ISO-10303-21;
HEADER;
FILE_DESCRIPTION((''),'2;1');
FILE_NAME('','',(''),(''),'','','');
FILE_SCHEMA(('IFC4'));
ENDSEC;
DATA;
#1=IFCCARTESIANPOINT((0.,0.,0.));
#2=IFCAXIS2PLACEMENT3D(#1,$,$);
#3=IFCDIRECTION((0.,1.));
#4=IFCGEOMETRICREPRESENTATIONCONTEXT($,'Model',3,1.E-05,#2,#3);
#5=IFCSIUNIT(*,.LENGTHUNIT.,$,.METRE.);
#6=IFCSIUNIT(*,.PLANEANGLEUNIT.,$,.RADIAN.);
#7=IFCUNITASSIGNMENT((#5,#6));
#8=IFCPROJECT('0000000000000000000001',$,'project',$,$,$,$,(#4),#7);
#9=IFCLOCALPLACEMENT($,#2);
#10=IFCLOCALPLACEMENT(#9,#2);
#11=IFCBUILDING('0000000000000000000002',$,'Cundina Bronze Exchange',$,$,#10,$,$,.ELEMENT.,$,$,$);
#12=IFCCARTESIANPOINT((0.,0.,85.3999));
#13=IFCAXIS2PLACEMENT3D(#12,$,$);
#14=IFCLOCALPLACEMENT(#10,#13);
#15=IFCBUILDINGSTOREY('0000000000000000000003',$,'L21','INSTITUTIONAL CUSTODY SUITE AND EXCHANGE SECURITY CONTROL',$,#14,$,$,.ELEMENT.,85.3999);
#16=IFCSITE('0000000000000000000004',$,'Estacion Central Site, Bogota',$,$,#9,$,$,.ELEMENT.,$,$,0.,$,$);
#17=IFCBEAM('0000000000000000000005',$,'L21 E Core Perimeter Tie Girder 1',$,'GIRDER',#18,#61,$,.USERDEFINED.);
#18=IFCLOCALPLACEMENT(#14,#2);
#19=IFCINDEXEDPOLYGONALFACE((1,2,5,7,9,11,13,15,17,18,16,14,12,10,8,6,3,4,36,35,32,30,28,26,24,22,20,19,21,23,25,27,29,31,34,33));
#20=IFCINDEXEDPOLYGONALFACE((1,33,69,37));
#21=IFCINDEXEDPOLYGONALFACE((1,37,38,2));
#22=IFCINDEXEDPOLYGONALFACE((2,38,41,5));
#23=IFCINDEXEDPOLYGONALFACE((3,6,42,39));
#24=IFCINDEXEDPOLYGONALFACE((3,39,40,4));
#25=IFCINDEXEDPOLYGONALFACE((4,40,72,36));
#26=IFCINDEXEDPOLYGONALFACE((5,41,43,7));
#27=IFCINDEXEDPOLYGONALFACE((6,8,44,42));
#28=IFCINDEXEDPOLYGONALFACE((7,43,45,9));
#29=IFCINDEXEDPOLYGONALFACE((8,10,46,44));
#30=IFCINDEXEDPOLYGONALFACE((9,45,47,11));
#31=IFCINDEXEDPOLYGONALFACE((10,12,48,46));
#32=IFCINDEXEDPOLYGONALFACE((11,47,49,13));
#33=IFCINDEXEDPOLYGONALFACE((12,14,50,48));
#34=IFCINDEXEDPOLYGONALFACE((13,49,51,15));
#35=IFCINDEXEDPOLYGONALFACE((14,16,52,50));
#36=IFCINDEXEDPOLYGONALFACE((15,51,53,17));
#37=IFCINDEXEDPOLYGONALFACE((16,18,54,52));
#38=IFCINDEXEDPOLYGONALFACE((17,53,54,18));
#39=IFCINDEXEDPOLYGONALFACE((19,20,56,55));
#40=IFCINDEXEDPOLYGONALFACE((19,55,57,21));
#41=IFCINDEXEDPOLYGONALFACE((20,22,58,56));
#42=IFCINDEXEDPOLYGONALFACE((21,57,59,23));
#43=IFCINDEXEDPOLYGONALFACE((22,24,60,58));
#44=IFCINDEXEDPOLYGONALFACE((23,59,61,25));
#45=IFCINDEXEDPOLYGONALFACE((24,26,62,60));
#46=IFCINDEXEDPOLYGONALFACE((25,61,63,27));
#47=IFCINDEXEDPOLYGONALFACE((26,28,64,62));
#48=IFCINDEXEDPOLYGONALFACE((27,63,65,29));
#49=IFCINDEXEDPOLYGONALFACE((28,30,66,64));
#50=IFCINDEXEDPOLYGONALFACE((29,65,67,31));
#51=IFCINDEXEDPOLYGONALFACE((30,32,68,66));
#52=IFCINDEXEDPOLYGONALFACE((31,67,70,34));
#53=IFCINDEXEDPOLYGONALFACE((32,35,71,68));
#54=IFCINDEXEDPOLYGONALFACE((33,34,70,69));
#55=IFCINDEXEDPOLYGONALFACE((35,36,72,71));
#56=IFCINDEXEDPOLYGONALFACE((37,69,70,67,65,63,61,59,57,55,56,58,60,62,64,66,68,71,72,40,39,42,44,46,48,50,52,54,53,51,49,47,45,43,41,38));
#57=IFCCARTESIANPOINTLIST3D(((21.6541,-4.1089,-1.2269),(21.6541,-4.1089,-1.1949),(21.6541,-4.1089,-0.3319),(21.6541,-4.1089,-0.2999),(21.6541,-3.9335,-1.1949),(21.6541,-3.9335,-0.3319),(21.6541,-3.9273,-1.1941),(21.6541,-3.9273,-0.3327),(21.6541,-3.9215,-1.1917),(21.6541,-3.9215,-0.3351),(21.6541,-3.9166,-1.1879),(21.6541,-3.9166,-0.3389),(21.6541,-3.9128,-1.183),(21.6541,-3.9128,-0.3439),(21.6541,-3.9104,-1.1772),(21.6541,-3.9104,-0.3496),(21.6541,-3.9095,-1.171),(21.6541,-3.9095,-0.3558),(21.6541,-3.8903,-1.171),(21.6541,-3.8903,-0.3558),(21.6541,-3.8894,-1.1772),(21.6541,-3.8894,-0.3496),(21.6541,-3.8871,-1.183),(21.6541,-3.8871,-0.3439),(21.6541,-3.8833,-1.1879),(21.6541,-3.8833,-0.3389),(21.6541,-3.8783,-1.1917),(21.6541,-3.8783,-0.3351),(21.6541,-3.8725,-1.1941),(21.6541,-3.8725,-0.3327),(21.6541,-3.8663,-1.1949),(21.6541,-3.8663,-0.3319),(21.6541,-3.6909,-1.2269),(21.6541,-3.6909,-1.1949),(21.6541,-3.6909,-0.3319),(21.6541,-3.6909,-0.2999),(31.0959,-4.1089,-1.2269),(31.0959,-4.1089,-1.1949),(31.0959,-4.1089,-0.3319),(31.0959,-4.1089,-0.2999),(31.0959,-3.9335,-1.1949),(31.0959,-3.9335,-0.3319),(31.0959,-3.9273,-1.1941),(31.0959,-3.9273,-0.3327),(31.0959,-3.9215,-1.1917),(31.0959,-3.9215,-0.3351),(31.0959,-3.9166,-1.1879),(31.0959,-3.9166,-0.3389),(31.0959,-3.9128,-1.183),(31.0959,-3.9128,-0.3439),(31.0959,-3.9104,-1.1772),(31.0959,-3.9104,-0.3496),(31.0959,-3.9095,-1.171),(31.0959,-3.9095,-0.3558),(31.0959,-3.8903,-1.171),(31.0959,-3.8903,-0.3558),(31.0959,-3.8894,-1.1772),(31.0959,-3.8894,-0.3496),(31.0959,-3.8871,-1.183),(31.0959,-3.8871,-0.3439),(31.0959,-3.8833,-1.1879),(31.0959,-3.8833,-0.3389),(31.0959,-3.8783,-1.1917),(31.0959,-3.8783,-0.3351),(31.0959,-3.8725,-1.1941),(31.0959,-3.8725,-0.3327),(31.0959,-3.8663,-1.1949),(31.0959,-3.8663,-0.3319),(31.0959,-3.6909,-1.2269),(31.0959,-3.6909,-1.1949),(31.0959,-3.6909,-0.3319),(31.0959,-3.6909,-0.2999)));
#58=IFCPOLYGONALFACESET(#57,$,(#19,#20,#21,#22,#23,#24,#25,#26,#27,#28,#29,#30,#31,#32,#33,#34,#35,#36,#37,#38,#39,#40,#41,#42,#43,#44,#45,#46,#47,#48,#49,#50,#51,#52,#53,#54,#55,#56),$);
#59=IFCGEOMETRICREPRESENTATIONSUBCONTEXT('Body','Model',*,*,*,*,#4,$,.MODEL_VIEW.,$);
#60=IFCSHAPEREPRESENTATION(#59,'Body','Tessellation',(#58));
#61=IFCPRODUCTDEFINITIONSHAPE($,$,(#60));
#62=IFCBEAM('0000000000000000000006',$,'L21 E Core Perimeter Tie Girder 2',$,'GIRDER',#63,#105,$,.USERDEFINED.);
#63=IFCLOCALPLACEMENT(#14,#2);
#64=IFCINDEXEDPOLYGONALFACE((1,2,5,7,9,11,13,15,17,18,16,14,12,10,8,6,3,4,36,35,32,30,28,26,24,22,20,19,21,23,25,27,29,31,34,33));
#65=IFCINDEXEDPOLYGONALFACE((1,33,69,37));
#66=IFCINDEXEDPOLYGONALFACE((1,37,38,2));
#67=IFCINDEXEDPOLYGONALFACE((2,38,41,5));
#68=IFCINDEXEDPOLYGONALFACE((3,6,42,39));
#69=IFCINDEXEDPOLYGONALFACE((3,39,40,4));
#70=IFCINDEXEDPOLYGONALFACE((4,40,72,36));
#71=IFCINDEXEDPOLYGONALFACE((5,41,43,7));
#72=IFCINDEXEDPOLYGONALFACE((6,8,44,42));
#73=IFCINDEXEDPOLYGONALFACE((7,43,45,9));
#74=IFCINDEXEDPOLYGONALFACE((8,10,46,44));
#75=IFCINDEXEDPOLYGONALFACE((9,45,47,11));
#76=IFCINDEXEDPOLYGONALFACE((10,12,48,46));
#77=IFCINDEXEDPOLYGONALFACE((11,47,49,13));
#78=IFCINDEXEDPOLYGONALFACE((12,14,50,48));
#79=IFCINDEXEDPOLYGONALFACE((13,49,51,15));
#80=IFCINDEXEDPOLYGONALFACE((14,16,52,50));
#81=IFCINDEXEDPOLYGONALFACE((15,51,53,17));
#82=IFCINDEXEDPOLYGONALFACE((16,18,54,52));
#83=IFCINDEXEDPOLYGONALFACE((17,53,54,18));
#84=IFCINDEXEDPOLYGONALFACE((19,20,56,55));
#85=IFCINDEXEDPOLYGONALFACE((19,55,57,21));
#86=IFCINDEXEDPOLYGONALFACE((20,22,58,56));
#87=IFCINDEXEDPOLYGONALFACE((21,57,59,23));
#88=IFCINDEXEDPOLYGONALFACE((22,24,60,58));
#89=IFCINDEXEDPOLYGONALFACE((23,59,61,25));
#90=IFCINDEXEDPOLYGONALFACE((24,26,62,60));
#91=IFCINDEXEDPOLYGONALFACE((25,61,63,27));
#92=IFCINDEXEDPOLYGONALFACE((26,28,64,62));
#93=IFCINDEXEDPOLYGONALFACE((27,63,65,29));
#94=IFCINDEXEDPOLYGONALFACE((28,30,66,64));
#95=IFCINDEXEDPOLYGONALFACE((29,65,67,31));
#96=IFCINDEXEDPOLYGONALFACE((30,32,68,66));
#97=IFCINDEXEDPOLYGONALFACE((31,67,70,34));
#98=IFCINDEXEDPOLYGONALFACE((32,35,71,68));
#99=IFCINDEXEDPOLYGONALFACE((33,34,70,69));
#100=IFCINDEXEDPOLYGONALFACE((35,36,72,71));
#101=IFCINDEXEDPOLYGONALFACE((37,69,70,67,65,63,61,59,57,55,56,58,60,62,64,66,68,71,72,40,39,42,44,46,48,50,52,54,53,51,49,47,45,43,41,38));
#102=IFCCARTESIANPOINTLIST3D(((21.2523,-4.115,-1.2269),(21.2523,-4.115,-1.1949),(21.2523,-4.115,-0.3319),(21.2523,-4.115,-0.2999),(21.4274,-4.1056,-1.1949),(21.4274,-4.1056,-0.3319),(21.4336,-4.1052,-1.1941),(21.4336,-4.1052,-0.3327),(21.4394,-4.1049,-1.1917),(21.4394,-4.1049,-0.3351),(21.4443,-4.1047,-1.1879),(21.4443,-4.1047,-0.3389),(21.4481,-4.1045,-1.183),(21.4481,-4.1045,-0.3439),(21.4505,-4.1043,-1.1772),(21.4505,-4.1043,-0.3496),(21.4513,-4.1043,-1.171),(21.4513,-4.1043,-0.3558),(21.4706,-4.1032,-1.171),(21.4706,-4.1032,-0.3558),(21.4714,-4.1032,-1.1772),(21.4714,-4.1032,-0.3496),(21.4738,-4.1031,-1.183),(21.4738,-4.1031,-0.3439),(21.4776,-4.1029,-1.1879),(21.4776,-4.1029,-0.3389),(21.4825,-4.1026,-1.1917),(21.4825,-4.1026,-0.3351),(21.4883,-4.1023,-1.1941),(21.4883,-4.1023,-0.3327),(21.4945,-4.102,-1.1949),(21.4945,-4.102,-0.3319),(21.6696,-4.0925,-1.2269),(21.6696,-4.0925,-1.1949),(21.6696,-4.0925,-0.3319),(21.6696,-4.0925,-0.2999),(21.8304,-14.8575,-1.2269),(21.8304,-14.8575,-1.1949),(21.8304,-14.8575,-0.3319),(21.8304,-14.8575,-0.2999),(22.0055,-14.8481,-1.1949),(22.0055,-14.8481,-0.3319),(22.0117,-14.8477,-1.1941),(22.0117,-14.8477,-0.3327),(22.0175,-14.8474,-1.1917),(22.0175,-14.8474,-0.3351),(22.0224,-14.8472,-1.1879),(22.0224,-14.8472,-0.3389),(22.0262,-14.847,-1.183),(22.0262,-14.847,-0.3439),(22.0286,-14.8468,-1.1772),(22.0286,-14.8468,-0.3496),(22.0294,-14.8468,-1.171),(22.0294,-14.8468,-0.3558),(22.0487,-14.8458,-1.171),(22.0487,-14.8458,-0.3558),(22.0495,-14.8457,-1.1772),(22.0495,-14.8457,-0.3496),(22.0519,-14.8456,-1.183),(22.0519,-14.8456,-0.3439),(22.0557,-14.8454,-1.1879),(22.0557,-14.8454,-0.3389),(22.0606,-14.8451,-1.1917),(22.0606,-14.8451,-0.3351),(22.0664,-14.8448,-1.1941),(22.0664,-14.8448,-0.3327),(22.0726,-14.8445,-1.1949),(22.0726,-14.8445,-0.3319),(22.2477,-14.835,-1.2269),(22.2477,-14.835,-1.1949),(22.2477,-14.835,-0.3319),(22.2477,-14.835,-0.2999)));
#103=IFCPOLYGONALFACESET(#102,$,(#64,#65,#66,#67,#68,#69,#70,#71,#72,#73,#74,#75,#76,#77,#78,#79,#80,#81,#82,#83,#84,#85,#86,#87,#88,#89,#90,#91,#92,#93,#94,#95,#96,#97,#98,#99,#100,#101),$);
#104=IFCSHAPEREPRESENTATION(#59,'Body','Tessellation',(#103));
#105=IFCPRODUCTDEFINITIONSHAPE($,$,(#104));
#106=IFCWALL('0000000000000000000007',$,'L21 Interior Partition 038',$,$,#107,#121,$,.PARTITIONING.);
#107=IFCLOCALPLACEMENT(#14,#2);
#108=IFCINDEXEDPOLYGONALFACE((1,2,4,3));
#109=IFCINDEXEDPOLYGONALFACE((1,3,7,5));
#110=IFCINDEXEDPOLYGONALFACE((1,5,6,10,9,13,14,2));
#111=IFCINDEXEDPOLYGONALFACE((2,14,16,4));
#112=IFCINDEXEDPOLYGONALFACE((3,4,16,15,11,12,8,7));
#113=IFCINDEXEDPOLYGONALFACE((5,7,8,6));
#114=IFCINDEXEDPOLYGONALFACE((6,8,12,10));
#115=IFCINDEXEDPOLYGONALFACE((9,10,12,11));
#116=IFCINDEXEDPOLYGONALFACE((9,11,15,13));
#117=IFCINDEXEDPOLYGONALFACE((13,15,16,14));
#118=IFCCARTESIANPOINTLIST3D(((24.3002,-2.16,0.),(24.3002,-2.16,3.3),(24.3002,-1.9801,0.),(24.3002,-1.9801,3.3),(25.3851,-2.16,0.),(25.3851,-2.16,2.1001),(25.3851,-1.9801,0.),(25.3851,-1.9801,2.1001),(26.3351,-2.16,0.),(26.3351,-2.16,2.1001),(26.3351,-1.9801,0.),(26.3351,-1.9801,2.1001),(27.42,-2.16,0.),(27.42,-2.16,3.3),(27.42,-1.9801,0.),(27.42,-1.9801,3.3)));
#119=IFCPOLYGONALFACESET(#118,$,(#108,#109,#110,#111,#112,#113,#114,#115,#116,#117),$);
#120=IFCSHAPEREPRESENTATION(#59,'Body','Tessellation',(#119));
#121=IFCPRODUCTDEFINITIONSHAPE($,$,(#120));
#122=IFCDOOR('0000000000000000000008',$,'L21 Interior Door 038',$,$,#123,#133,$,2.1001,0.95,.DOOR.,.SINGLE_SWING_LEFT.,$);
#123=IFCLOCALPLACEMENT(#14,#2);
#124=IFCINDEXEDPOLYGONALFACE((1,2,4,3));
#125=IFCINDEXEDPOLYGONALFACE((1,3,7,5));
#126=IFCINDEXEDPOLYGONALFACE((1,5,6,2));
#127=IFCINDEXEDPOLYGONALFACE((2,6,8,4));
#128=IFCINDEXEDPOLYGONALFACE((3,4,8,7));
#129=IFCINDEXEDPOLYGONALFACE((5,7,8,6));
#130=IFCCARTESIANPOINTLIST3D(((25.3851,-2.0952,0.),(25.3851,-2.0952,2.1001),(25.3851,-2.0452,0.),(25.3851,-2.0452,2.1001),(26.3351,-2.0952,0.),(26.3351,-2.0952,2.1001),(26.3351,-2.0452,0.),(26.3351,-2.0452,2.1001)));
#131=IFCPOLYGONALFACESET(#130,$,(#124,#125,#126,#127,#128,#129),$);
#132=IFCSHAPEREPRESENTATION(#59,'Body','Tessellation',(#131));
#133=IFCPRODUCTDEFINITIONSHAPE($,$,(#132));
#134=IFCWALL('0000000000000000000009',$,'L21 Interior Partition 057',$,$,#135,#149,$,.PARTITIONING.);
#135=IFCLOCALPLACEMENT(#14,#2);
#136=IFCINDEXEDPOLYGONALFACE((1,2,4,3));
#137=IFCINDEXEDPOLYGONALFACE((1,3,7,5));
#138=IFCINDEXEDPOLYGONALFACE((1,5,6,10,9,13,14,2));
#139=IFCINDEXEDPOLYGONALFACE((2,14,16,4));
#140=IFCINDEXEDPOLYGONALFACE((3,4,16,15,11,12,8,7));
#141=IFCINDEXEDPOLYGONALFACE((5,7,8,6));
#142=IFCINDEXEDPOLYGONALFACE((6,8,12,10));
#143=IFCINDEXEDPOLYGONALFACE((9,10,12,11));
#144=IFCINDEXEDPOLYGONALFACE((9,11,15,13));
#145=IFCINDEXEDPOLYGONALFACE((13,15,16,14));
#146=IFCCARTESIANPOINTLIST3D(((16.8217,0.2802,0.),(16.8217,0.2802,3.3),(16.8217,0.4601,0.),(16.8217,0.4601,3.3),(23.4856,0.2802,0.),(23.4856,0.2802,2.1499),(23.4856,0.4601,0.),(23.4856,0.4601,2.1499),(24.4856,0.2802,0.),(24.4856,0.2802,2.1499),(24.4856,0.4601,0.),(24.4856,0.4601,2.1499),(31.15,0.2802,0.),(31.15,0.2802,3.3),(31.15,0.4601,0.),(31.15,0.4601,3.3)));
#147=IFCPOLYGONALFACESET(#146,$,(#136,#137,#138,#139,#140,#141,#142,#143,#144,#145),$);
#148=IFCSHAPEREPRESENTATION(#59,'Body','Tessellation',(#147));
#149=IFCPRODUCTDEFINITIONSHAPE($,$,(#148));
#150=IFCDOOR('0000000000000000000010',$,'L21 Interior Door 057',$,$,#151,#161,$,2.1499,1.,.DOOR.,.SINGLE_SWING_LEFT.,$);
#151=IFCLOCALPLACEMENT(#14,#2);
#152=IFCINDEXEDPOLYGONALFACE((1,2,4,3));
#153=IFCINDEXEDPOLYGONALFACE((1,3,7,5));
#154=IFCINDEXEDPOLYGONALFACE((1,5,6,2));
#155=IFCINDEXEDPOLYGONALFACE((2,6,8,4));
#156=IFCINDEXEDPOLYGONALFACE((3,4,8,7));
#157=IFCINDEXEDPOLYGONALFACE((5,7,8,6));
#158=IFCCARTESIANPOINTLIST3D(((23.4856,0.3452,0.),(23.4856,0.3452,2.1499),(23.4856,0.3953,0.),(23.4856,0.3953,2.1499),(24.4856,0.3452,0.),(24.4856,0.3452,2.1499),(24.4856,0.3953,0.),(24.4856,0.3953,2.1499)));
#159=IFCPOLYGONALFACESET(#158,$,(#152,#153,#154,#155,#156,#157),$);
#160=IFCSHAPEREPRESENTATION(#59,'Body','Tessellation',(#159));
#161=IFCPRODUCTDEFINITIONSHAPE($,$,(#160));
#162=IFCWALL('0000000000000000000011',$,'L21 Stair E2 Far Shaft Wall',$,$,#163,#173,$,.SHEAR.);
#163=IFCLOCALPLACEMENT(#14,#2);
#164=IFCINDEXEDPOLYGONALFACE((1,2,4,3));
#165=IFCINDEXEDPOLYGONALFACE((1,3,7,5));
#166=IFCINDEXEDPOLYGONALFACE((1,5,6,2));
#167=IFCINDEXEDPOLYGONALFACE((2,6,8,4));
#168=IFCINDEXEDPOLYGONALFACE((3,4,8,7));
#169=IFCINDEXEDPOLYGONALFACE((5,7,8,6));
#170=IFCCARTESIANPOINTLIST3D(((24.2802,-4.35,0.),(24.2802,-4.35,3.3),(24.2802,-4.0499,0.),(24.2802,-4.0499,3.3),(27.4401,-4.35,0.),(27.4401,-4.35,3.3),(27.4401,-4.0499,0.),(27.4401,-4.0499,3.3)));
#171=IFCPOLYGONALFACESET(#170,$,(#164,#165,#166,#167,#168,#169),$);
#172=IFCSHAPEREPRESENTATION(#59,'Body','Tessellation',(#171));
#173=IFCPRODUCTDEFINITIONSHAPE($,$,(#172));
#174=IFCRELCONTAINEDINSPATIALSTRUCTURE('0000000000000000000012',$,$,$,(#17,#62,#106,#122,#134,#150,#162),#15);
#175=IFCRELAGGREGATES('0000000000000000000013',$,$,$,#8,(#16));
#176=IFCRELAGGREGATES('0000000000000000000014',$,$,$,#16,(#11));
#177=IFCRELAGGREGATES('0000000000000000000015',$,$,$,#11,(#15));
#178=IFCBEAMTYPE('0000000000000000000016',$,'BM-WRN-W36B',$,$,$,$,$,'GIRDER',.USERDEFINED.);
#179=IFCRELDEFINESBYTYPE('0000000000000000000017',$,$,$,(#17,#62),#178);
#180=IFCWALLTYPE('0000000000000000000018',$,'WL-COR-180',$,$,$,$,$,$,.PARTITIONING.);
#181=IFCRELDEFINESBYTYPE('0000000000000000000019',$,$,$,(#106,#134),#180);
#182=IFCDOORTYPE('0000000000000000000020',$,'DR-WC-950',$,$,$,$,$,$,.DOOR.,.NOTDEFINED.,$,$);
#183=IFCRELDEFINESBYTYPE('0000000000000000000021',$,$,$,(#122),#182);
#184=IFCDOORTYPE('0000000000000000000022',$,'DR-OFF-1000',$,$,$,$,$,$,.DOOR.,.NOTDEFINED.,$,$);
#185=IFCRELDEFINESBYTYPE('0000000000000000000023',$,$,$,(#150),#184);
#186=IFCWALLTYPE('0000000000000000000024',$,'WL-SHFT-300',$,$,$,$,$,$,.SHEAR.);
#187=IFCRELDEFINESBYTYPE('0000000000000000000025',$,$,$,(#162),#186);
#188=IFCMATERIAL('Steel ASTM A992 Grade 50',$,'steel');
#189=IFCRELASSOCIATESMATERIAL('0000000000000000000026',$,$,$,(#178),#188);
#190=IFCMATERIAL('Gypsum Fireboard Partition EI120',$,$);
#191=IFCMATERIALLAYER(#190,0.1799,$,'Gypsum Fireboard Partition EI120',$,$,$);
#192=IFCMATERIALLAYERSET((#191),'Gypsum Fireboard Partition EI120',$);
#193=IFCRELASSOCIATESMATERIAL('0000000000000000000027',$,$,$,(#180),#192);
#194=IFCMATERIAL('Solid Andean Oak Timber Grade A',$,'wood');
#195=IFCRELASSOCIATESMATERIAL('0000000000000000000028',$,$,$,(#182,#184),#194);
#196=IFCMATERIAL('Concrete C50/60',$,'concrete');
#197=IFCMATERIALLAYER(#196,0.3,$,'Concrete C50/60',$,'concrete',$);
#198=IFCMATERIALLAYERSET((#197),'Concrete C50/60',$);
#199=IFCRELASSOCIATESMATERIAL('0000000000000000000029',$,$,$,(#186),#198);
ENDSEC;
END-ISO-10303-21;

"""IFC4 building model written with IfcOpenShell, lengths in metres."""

from ifc_helpers import new_model, si_unit, direction, frame, frame_2d, origin, origin_2d, place, context, subcontext, project, spatial, rectangle, i_section, extrude, material, layer, layer_set, material_profile, profile_set, type_object, element, fill, save


model = new_model("IFC4")

# Units and contexts
model_context = context("Model", 3, precision=1e-05, world=origin(), true_north=direction((0.0, 1.0)))
body_context = subcontext(model_context, "Body", "Model", "MODEL_VIEW")
ifc_project = project(units=[si_unit("LENGTHUNIT", "METRE"), si_unit("PLANEANGLEUNIT", "RADIAN")], contexts=[model_context])

# Site, building, storey
site_placement = place(None, origin())
site = spatial("IfcSite", under=ifc_project, at=site_placement, Name="Estacion Central Site, Bogota", CompositionType="ELEMENT", RefElevation=0.0)
building_placement = place(site_placement, origin())
building = spatial("IfcBuilding", under=site, at=building_placement, Name="Cundina Bronze Exchange", CompositionType="ELEMENT")
storey_placement = place(building_placement, frame((0.0, 0.0, 85.3999)))
storey = spatial("IfcBuildingStorey", under=building, at=storey_placement, Name="L21", Description="INSTITUTIONAL CUSTODY SUITE AND EXCHANGE SECURITY CONTROL", CompositionType="ELEMENT", Elevation=85.3999)

# Shared definitions
ifc_material_1 = material(Name="Steel ASTM A992 Grade 50", Category="steel")

# Beams
ifc_material_profile_1 = material_profile(ifc_material_1, i_section(OverallWidth=0.418, OverallDepth=0.927, WebThickness=0.0193, FlangeThickness=0.032, FilletRadius=0.0239, at=origin_2d()), Name="W36X231", Category="steel")
ifc_profile_set_1 = profile_set([ifc_material_profile_1], Name="Steel ASTM A992 Grade 50")
beam_type_1 = type_object("IfcBeamType", Name="BM-WRN-W36B", ElementType="GIRDER", PredefinedType="USERDEFINED", material=ifc_profile_set_1)
beam_1_placement = place(storey_placement, frame((31.0959, -3.8999, -0.7634), z_axis=(-1.0, 0.0, 0.0), x_axis=(0.0, -1.0, 0.0)))
element("IfcBeam", 1, at=beam_1_placement, inside=storey, type_object=beam_type_1, Name="L21 E Core Perimeter Tie Girder 1", ObjectType="GIRDER", PredefinedType="USERDEFINED", context=body_context, shape_type="SweptSolid", body=[
    extrude(i_section(OverallWidth=0.418, OverallDepth=0.927, WebThickness=0.0193, FlangeThickness=0.032, FilletRadius=0.0239, at=origin_2d()), origin(), (0.0, 0.0, 1.0), 9.4419),
])
beam_2_placement = place(storey_placement, frame((21.4609, -4.1038, -0.7634), z_axis=(0.053739, -0.998555, 0.0), x_axis=(0.998555, 0.053739, 0.0)))
element("IfcBeam", 2, at=beam_2_placement, inside=storey, type_object=beam_type_1, Name="L21 E Core Perimeter Tie Girder 2", ObjectType="GIRDER", PredefinedType="USERDEFINED", context=body_context, shape_type="SweptSolid", body=[
    extrude(i_section(OverallWidth=0.418, OverallDepth=0.927, WebThickness=0.0193, FlangeThickness=0.032, FilletRadius=0.0239, at=origin_2d()), origin(), (0.0, 0.0, 1.0), 10.7581),
])

# Walls, openings, doors
ifc_material_2 = material(Name="Gypsum Fireboard Partition EI120")
ifc_layer_1 = layer(ifc_material_2, 0.1799, Name="Gypsum Fireboard Partition EI120")
ifc_layer_set_1 = layer_set([ifc_layer_1], Name="Gypsum Fireboard Partition EI120")
wall_type_1 = type_object("IfcWallType", Name="WL-COR-180", PredefinedType="PARTITIONING", material=ifc_layer_set_1)
wall_1_placement = place(storey_placement, frame((24.3, -2.0701, 0.0), z_axis=(0.0, 0.0, 1.0), x_axis=(1.0, 0.0, 0.0)))
wall_1 = element("IfcWall", 3, at=wall_1_placement, inside=storey, type_object=wall_type_1, Name="L21 Interior Partition 038", PredefinedType="PARTITIONING", context=body_context, shape_type="SweptSolid", body=[
    extrude(rectangle(XDim=3.1199, YDim=0.1799, at=frame_2d((1.5601, 0.0))), origin(), (0.0, 0.0, 1.0), 3.3),
])
opening_1_placement = place(wall_1_placement, frame((1.085, 0.0, 0.0)))
opening_1 = element("IfcOpeningElement", 4, at=opening_1_placement, cuts=wall_1, PredefinedType="OPENING", context=body_context, shape_type="SweptSolid", body=[
    extrude(rectangle(XDim=0.95, YDim=2.1001, at=frame_2d((0.4751, 1.05))), frame((0.0, 0.0999, 0.0), z_axis=(0.0, -1.0, 0.0), x_axis=(1.0, 0.0, 0.0)), (0.0, 0.0, 1.0), 0.2),
])
ifc_material_3 = material(Name="Solid Andean Oak Timber Grade A", Category="wood")
door_type_1 = type_object("IfcDoorType", Name="DR-WC-950", OperationType="NOTDEFINED", PredefinedType="DOOR", material=ifc_material_3)
door_1_placement = place(opening_1_placement, origin())
door_1 = element("IfcDoor", 5, at=door_1_placement, inside=storey, type_object=door_type_1, Name="L21 Interior Door 038", OperationType="SINGLE_SWING_LEFT", OverallHeight=2.1001, OverallWidth=0.95, PredefinedType="DOOR", context=body_context, shape_type="SweptSolid", body=[
    extrude(rectangle(XDim=0.95, YDim=2.1001, at=frame_2d((0.4751, 1.05))), frame((0.0, 0.0249, 0.0), z_axis=(0.0, -1.0, 0.0), x_axis=(1.0, 0.0, 0.0)), (0.0, 0.0, 1.0), 0.05),
])
fill(opening_1, door_1)
wall_2_placement = place(storey_placement, frame((31.1499, 0.3701, 0.0), z_axis=(0.0, 0.0, 1.0), x_axis=(-1.0, 0.0, 0.0)))
wall_2 = element("IfcWall", 6, at=wall_2_placement, inside=storey, type_object=wall_type_1, Name="L21 Interior Partition 057", PredefinedType="PARTITIONING", context=body_context, shape_type="SweptSolid", body=[
    extrude(rectangle(XDim=14.3284, YDim=0.1799, at=frame_2d((7.1641, 0.0))), origin(), (0.0, 0.0, 1.0), 3.3),
])
opening_2_placement = place(wall_2_placement, frame((6.6643, 0.0, 0.0)))
opening_2 = element("IfcOpeningElement", 7, at=opening_2_placement, cuts=wall_2, PredefinedType="OPENING", context=body_context, shape_type="SweptSolid", body=[
    extrude(rectangle(XDim=1.0, YDim=2.1499, at=frame_2d((0.5, 1.075))), frame((0.0, 0.0999, 0.0), z_axis=(0.0, -1.0, 0.0), x_axis=(1.0, 0.0, 0.0)), (0.0, 0.0, 1.0), 0.2),
])
door_type_2 = type_object("IfcDoorType", Name="DR-OFF-1000", OperationType="NOTDEFINED", PredefinedType="DOOR", material=ifc_material_3)
door_2_placement = place(opening_2_placement, origin())
door_2 = element("IfcDoor", 8, at=door_2_placement, inside=storey, type_object=door_type_2, Name="L21 Interior Door 057", OperationType="SINGLE_SWING_LEFT", OverallHeight=2.1499, OverallWidth=1.0, PredefinedType="DOOR", context=body_context, shape_type="SweptSolid", body=[
    extrude(rectangle(XDim=1.0, YDim=2.1499, at=frame_2d((0.5, 1.075))), frame((0.0, 0.0249, 0.0), z_axis=(0.0, -1.0, 0.0), x_axis=(1.0, 0.0, 0.0)), (0.0, 0.0, 1.0), 0.05),
])
fill(opening_2, door_2)
ifc_material_4 = material(Name="Concrete C50/60", Category="concrete")
ifc_layer_2 = layer(ifc_material_4, 0.3, Name="Concrete C50/60", Category="concrete")
ifc_layer_set_2 = layer_set([ifc_layer_2], Name="Concrete C50/60")
wall_type_2 = type_object("IfcWallType", Name="WL-SHFT-300", PredefinedType="SHEAR", material=ifc_layer_set_2)

# Wall
wall_3_placement = place(storey_placement, frame((24.28, -4.2, 0.0), z_axis=(0.0, 0.0, 1.0), x_axis=(1.0, 0.0, 0.0)))
element("IfcWall", 9, at=wall_3_placement, inside=storey, type_object=wall_type_2, Name="L21 Stair E2 Far Shaft Wall", PredefinedType="SHEAR", context=body_context, shape_type="SweptSolid", body=[
    extrude(rectangle(XDim=3.1599, YDim=0.3, at=frame_2d((1.5801, 0.0))), origin(), (0.0, 0.0, 1.0), 3.3),
])

save(model, "model.ifc")
